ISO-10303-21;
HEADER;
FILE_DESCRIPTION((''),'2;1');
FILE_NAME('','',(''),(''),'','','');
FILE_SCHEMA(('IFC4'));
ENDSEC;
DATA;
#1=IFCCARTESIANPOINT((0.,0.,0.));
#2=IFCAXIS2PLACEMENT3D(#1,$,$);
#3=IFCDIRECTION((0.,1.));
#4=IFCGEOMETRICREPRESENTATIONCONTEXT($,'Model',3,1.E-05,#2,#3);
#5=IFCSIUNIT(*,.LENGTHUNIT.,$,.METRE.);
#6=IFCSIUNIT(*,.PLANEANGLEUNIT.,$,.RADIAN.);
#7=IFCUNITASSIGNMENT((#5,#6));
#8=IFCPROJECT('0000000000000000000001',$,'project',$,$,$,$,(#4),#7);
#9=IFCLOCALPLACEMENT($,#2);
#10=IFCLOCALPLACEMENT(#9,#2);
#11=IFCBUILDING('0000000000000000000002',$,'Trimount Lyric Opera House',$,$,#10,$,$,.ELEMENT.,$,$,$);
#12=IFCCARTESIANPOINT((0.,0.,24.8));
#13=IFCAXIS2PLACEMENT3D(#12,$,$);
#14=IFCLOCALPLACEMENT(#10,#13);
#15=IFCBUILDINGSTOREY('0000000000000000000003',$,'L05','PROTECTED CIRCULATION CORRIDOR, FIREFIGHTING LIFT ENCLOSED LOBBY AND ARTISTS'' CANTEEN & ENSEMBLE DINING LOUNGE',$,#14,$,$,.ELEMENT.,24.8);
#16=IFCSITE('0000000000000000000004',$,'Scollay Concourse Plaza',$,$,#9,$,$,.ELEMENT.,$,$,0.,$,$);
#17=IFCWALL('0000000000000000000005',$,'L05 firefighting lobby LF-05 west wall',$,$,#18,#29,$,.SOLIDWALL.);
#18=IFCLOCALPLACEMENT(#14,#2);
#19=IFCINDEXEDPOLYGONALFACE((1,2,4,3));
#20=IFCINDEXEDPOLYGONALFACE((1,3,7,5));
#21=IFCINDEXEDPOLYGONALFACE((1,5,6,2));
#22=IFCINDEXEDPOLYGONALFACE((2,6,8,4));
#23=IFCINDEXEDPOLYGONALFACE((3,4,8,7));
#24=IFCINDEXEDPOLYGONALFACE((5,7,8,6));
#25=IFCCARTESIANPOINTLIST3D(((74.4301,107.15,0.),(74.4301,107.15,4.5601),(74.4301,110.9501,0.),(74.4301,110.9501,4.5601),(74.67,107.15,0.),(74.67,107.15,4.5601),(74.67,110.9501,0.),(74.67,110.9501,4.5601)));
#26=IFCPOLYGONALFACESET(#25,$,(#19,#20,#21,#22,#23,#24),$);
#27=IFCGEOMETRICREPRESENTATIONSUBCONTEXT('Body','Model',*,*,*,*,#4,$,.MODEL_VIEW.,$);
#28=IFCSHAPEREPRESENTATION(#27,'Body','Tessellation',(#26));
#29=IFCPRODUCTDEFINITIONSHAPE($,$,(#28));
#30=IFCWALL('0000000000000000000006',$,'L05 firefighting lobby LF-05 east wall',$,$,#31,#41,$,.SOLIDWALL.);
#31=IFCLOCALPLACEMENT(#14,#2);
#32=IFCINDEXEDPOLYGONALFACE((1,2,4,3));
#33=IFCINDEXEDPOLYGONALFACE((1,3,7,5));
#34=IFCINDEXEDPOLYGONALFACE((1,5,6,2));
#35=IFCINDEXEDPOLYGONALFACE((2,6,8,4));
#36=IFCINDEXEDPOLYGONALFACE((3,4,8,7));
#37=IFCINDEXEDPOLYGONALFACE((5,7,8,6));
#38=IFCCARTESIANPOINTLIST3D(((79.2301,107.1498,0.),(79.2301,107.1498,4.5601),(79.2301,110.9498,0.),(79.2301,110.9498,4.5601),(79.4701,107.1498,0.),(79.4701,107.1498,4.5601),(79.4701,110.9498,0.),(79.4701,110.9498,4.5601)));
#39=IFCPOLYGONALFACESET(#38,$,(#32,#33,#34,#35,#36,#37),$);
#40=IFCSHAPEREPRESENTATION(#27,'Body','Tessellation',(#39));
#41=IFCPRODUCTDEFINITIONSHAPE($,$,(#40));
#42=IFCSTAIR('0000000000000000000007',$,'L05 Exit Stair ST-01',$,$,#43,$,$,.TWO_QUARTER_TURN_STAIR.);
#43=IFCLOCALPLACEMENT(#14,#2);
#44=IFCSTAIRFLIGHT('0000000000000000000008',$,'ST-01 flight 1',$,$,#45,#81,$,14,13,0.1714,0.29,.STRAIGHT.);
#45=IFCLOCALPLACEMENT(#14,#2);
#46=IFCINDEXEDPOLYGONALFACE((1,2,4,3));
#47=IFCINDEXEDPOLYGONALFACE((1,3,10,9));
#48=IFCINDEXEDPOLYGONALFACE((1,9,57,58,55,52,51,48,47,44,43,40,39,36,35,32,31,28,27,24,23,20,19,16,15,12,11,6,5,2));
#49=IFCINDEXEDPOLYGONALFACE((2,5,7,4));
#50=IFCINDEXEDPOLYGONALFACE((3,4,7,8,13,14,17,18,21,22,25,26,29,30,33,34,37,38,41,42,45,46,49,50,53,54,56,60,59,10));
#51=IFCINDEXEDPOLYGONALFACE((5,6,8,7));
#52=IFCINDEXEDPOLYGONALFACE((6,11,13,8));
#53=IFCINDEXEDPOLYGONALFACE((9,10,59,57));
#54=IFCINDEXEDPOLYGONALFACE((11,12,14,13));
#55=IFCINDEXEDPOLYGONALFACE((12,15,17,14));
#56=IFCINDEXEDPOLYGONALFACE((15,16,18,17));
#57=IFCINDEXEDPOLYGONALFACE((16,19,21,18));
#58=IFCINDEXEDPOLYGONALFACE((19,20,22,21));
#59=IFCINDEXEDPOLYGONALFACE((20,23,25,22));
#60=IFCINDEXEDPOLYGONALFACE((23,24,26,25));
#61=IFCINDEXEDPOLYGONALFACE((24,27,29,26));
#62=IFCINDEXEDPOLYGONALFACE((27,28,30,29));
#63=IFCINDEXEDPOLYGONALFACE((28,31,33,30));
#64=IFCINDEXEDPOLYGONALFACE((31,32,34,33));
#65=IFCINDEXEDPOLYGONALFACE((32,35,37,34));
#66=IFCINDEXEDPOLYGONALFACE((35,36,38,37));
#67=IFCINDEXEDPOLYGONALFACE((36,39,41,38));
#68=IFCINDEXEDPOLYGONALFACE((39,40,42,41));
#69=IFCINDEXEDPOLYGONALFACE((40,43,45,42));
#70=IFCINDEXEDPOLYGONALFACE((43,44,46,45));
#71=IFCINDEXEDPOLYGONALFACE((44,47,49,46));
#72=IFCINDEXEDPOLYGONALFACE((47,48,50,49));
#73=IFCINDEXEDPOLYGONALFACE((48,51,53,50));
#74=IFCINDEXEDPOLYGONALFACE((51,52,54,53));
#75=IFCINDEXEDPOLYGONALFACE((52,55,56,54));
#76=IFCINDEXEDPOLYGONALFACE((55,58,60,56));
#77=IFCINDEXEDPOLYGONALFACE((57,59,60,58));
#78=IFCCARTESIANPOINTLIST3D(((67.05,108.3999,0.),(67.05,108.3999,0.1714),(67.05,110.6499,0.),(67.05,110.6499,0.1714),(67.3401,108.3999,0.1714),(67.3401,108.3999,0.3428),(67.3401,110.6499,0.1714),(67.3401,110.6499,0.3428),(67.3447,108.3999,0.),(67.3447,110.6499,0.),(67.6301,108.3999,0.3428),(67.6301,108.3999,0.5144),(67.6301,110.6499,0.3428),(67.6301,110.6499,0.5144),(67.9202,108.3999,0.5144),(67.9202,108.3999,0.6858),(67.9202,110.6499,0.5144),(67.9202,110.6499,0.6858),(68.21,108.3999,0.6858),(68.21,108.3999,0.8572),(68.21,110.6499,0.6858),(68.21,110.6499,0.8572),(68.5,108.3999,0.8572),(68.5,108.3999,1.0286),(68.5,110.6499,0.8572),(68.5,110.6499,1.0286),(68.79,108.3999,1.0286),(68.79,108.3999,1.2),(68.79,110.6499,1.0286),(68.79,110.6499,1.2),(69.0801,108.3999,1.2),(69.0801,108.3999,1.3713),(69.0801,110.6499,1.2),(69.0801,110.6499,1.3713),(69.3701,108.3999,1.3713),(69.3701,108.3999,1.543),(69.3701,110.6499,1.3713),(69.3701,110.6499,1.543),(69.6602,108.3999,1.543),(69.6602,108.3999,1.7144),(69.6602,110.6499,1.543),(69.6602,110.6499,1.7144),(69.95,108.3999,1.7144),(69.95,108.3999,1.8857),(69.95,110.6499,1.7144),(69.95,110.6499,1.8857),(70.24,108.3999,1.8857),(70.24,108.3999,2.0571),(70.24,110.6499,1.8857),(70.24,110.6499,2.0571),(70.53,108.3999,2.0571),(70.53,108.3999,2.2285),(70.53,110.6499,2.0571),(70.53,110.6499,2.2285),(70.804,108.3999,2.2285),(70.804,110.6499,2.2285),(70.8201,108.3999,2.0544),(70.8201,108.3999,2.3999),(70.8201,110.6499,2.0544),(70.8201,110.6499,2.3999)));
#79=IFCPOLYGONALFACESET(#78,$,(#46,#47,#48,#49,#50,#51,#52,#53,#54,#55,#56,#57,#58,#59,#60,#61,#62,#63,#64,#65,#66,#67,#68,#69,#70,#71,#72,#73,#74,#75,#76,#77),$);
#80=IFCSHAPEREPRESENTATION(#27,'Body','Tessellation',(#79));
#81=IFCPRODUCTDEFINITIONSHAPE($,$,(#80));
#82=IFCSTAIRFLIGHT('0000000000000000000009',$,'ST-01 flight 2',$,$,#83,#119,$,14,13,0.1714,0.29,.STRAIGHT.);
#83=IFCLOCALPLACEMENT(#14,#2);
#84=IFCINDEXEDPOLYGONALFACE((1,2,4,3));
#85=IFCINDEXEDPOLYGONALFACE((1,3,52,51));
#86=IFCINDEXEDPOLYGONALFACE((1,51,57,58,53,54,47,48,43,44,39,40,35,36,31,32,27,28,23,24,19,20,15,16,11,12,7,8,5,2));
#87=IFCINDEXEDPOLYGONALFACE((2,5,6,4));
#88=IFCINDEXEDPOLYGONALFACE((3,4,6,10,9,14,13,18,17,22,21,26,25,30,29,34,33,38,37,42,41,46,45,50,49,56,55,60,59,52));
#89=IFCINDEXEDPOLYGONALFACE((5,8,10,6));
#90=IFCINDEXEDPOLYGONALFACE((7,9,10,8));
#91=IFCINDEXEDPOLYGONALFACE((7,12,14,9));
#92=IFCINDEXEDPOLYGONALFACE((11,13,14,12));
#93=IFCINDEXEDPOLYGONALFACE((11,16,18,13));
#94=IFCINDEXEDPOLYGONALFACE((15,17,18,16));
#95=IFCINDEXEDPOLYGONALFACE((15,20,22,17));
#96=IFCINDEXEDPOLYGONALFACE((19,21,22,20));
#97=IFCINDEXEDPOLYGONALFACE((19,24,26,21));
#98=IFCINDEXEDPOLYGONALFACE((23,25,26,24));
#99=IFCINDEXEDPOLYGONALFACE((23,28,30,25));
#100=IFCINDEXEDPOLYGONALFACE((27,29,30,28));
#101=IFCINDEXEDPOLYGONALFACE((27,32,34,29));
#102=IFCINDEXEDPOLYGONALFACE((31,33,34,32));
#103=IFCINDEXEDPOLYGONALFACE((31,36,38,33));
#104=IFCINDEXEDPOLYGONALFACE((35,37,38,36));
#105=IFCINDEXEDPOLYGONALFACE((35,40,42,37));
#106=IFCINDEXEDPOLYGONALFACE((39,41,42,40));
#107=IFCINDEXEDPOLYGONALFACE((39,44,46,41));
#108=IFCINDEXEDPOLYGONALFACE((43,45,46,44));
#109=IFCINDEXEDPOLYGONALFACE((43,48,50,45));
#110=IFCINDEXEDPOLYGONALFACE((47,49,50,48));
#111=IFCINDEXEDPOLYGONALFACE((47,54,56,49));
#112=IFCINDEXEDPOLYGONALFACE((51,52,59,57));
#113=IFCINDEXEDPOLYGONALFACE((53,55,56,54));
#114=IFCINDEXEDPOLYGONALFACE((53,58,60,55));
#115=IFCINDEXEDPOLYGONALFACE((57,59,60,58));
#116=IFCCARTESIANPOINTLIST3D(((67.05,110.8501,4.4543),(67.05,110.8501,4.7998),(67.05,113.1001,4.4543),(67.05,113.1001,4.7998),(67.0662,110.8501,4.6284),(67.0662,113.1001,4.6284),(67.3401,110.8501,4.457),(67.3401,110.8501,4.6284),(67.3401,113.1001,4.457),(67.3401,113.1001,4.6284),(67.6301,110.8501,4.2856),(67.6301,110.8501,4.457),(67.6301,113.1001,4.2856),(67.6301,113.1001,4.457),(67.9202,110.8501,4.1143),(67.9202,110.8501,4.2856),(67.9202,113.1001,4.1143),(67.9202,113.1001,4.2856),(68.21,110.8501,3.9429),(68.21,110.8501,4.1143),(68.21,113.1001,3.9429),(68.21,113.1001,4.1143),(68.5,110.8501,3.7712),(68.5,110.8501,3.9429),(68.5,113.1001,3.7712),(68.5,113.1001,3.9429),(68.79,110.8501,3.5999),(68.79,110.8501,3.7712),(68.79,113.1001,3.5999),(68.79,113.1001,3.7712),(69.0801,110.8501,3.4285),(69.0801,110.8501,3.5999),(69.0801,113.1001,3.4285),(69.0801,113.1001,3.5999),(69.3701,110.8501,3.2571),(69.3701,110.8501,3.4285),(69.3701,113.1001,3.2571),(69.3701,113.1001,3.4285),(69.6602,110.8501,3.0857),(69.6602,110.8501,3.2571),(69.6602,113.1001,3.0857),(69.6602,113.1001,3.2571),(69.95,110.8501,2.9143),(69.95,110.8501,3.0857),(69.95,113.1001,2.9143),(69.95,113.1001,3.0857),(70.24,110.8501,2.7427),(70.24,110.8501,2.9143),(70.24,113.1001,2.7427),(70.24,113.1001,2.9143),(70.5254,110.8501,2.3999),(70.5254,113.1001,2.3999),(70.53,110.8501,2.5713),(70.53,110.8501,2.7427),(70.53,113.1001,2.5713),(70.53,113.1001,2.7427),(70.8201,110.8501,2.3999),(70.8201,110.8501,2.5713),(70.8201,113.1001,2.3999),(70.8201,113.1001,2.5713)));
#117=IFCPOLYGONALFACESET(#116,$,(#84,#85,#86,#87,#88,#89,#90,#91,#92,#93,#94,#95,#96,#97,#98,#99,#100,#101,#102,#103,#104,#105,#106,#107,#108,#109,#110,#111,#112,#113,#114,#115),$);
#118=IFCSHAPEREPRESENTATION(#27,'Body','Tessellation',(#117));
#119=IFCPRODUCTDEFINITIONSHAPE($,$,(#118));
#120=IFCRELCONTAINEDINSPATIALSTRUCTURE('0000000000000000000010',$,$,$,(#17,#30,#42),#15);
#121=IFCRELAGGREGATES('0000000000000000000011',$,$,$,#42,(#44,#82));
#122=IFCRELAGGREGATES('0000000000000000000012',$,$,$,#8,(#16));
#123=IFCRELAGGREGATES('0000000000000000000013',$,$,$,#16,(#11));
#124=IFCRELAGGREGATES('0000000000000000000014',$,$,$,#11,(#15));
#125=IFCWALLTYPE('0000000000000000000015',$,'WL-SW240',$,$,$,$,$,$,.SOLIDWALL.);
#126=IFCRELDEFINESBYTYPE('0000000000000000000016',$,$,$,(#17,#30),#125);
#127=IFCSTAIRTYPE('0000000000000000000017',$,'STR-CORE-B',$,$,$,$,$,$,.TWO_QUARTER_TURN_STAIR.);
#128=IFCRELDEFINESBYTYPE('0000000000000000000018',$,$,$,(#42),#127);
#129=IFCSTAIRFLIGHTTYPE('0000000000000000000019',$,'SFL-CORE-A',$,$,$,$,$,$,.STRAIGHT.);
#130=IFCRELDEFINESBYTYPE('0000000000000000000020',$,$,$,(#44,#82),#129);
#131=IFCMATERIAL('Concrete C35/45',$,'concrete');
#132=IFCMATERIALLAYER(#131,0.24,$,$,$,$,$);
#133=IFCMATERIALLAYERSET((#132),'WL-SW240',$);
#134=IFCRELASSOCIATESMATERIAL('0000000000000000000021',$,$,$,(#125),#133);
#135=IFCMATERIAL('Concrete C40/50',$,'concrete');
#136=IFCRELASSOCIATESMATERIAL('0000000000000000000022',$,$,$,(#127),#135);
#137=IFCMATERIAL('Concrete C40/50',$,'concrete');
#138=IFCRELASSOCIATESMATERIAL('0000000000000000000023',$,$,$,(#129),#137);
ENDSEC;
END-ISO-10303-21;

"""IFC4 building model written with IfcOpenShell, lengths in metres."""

from ifc_helpers import new_model, si_unit, direction, frame, frame_2d, origin, place, context, subcontext, project, spatial, polyline, rectangle, outline, extrude, material, layer, layer_set, type_object, element, aggregate, save


model = new_model("IFC4")

# Units and contexts
model_context = context("Model", 3, precision=1e-05, world=origin(), true_north=direction((0.0, 1.0)))
body_context = subcontext(model_context, "Body", "Model", "MODEL_VIEW")
ifc_project = project(units=[si_unit("LENGTHUNIT", "METRE"), si_unit("PLANEANGLEUNIT", "RADIAN")], contexts=[model_context])

# Site, building, storey
site_placement = place(None, origin())
site = spatial("IfcSite", under=ifc_project, at=site_placement, Name="Scollay Concourse Plaza", CompositionType="ELEMENT", RefElevation=0.0)
building_placement = place(site_placement, origin())
building = spatial("IfcBuilding", under=site, at=building_placement, Name="Trimount Lyric Opera House", CompositionType="ELEMENT")
storey_placement = place(building_placement, frame((0.0, 0.0, 24.8)))
storey = spatial("IfcBuildingStorey", under=building, at=storey_placement, Name="L05", Description="PROTECTED CIRCULATION CORRIDOR, FIREFIGHTING LIFT ENCLOSED LOBBY AND ARTISTS' CANTEEN & ENSEMBLE DINING LOUNGE", CompositionType="ELEMENT", Elevation=24.8)

# Shared definitions
ifc_material_1 = material(Name="Concrete C35/45", Category="concrete")
ifc_layer_1 = layer(ifc_material_1, 0.24)
ifc_layer_set_1 = layer_set([ifc_layer_1], Name="WL-SW240")
wall_type_1 = type_object("IfcWallType", Name="WL-SW240", PredefinedType="SOLIDWALL", material=ifc_layer_set_1)

# Walls
for number, where, z_axis, x_axis, name in (
    (1, (74.55, 110.95, 0.0), (0.0, 0.0, 1.0), (0.0, -1.0, 0.0), "L05 firefighting lobby LF-05 west wall"),
    (2, (79.3501, 107.1499, 0.0), (0.0, 0.0, 1.0), (0.0, 1.0, 0.0), "L05 firefighting lobby LF-05 east wall"),
):
    element("IfcWall", number, at=place(storey_placement, frame(where, z_axis=z_axis, x_axis=x_axis)), inside=storey, type_object=wall_type_1, Name=name, PredefinedType="SOLIDWALL", context=body_context, shape_type="SweptSolid", body=[
        extrude(rectangle(XDim=3.8, YDim=0.24, at=frame_2d((1.8999, 0.0))), origin(), (0.0, 0.0, 1.0), 4.5601),
    ])

# Stair, stair flights
ifc_material_2 = material(Name="Concrete C40/50", Category="concrete")
stair_type = type_object("IfcStairType", Name="STR-CORE-B", PredefinedType="TWO_QUARTER_TURN_STAIR", material=ifc_material_2)
stair_placement = place(storey_placement, origin())
stair = element("IfcStair", 3, at=stair_placement, inside=storey, type_object=stair_type, Name="L05 Exit Stair ST-01", PredefinedType="TWO_QUARTER_TURN_STAIR")
ifc_material_3 = material(Name="Concrete C40/50", Category="concrete")
stair_flight_type = type_object("IfcStairFlightType", Name="SFL-CORE-A", PredefinedType="STRAIGHT", material=ifc_material_3)
stair_flight_1_placement = place(storey_placement, frame((67.05, 109.5249, 0.0), z_axis=(0.0, 0.0, 1.0), x_axis=(1.0, 0.0, 0.0)))
stair_flight_1 = element("IfcStairFlight", 4, at=stair_flight_1_placement, type_object=stair_flight_type, Name="ST-01 flight 1", NumberOfRisers=14, NumberOfTreads=13, PredefinedType="STRAIGHT", RiserHeight=0.1714, TreadLength=0.29, context=body_context, shape_type="SweptSolid", body=[
    extrude(outline(polyline([(0.0, 0.0), (0.0, 0.1714), (0.29, 0.1714), (0.29, 0.3428), (0.5801, 0.3428), (0.5801, 0.5144), (0.8701, 0.5144), (0.8701, 0.6858), (1.1599, 0.6858), (1.1599, 0.8572), (1.45, 0.8572), (1.45, 1.0286), (1.74, 1.0286), (1.74, 1.2), (2.03, 1.2), (2.03, 1.3713), (2.3201, 1.3713), (2.3201, 1.543), (2.6101, 1.543), (2.6101, 1.7144), (2.8999, 1.7144), (2.8999, 1.8857), (3.1899, 1.8857), (3.1899, 2.0571), (3.48, 2.0571), (3.48, 2.2285), (3.7539, 2.2285), (3.77, 2.3999), (3.77, 2.0544), (0.2947, 0.0), (0.0, 0.0)])), frame((0.0, 1.125, 0.0), z_axis=(0.0, -1.0, 0.0), x_axis=(1.0, 0.0, 0.0)), (0.0, 0.0, 1.0), 2.25),
])
stair_flight_2_placement = place(storey_placement, frame((70.8201, 111.9751, 2.3999), z_axis=(0.0, 0.0, 1.0), x_axis=(-1.0, 0.0, 0.0)))
stair_flight_2 = element("IfcStairFlight", 5, at=stair_flight_2_placement, type_object=stair_flight_type, Name="ST-01 flight 2", NumberOfRisers=14, NumberOfTreads=13, PredefinedType="STRAIGHT", RiserHeight=0.1714, TreadLength=0.29, context=body_context, shape_type="SweptSolid", body=[
    extrude(outline(polyline([(0.0, 0.0), (0.0, 0.1714), (0.29, 0.1714), (0.29, 0.3428), (0.5801, 0.3428), (0.5801, 0.5144), (0.8701, 0.5144), (0.8701, 0.6858), (1.1599, 0.6858), (1.1599, 0.8572), (1.45, 0.8572), (1.45, 1.0286), (1.74, 1.0286), (1.74, 1.2), (2.03, 1.2), (2.03, 1.3713), (2.3201, 1.3713), (2.3201, 1.543), (2.6101, 1.543), (2.6101, 1.7144), (2.8999, 1.7144), (2.8999, 1.8857), (3.1899, 1.8857), (3.1899, 2.0571), (3.48, 2.0571), (3.48, 2.2285), (3.7539, 2.2285), (3.77, 2.3999), (3.77, 2.0544), (0.2947, 0.0), (0.0, 0.0)])), frame((0.0, 1.125, 0.0), z_axis=(0.0, -1.0, 0.0), x_axis=(1.0, 0.0, 0.0)), (0.0, 0.0, 1.0), 2.25),
])
aggregate(stair, [stair_flight_1, stair_flight_2])

save(model, "model.ifc")
